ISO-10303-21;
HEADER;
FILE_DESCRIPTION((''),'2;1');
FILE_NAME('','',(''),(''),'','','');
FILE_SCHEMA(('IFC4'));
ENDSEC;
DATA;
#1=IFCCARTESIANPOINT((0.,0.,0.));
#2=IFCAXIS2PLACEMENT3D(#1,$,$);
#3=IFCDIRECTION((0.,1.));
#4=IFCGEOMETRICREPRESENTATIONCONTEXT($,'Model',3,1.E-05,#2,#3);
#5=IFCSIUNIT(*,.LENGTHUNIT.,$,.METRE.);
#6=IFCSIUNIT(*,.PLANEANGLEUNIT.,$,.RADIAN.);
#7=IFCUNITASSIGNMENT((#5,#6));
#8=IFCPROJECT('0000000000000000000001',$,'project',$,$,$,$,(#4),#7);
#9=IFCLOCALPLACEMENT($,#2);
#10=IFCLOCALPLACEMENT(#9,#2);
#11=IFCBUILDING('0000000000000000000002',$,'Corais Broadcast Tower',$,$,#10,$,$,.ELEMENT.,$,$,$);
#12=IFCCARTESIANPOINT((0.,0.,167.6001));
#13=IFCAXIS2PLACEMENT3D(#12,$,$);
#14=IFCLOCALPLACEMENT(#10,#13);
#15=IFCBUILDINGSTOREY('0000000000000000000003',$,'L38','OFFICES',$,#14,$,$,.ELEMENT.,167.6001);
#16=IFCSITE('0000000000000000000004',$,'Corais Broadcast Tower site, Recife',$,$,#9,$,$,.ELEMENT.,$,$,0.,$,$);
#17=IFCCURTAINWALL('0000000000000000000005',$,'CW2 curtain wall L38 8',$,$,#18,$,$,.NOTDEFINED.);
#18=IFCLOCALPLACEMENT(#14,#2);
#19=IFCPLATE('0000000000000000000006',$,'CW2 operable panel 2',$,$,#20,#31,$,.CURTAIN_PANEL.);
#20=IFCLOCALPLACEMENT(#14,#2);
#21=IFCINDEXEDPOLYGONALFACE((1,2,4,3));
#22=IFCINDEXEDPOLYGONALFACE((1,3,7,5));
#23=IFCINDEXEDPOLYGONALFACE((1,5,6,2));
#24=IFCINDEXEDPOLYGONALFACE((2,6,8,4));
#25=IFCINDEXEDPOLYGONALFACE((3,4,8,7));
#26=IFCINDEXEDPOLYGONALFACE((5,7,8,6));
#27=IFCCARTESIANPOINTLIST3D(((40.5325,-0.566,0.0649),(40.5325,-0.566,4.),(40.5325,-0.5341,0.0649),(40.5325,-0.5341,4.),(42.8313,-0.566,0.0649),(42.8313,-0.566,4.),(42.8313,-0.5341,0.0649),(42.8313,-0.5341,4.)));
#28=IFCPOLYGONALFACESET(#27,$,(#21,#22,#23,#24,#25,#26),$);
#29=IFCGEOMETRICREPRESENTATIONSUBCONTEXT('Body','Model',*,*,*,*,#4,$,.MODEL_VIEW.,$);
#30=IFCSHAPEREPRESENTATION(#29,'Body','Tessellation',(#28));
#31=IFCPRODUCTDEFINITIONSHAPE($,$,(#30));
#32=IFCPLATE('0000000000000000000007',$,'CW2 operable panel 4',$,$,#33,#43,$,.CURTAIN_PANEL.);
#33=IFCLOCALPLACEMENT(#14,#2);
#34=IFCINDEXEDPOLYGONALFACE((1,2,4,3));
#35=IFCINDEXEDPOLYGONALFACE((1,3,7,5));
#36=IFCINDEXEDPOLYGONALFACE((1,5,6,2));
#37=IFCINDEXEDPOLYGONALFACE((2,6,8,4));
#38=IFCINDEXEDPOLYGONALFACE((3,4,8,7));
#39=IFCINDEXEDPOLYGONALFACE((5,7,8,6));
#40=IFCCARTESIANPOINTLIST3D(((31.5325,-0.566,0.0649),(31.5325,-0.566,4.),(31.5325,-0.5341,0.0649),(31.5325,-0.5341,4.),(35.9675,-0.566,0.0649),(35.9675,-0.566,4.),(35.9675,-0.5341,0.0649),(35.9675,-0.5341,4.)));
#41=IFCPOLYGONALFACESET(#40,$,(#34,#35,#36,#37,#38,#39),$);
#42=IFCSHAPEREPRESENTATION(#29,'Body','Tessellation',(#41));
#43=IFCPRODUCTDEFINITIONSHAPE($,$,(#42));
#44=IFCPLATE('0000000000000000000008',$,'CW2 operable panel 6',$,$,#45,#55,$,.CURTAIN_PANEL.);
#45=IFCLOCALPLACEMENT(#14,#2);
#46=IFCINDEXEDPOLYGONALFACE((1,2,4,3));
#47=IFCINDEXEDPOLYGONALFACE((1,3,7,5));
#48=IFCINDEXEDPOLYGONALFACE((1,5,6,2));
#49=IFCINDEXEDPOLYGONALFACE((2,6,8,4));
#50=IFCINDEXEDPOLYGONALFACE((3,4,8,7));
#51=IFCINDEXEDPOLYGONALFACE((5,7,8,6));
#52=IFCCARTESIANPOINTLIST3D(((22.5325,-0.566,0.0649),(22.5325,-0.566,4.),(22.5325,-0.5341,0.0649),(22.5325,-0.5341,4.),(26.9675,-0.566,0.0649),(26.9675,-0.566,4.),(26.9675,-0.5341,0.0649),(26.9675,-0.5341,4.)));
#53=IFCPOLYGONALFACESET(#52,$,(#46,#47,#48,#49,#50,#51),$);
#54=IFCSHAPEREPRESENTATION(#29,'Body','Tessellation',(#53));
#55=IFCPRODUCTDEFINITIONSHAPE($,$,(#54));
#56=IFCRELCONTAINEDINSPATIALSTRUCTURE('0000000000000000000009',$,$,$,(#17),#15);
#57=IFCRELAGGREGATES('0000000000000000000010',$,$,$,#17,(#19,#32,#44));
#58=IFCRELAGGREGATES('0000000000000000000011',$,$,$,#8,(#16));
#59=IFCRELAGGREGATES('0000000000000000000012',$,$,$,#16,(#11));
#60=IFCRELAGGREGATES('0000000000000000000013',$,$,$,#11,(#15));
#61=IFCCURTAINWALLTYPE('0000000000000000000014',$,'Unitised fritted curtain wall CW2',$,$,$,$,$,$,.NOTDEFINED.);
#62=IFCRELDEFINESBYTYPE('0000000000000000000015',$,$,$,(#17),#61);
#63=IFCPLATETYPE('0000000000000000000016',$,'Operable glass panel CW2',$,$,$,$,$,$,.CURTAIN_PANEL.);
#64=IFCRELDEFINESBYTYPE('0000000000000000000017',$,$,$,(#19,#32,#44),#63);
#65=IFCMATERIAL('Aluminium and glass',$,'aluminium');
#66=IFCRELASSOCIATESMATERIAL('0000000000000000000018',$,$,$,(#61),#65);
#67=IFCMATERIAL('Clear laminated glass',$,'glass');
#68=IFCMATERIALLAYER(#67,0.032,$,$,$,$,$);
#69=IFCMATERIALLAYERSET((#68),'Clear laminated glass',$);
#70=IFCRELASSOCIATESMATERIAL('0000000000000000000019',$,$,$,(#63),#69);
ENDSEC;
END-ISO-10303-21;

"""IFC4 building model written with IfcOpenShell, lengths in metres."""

from ifc_helpers import new_model, si_unit, direction, frame, origin, origin_2d, place, context, subcontext, project, spatial, rectangle, extrude, material, layer, layer_set, type_object, element, aggregate, save


model = new_model("IFC4")

# Units and contexts
model_context = context("Model", 3, precision=1e-05, world=origin(), true_north=direction((0.0, 1.0)))
body_context = subcontext(model_context, "Body", "Model", "MODEL_VIEW")
ifc_project = project(units=[si_unit("LENGTHUNIT", "METRE"), si_unit("PLANEANGLEUNIT", "RADIAN")], contexts=[model_context])

# Site, building, storey
site_placement = place(None, origin())
site = spatial("IfcSite", under=ifc_project, at=site_placement, Name="Corais Broadcast Tower site, Recife", CompositionType="ELEMENT", RefElevation=0.0)
building_placement = place(site_placement, origin())
building = spatial("IfcBuilding", under=site, at=building_placement, Name="Corais Broadcast Tower", CompositionType="ELEMENT")
storey_placement = place(building_placement, frame((0.0, 0.0, 167.6001)))
storey = spatial("IfcBuildingStorey", under=building, at=storey_placement, Name="L38", Description="OFFICES", CompositionType="ELEMENT", Elevation=167.6001)

# Curtain wall
ifc_material_1 = material(Name="Aluminium and glass", Category="aluminium")
curtain_wall_type = type_object("IfcCurtainWallType", Name="Unitised fritted curtain wall CW2", PredefinedType="NOTDEFINED", material=ifc_material_1)
curtain_wall_placement = place(storey_placement, origin())
curtain_wall = element("IfcCurtainWall", 1, at=curtain_wall_placement, inside=storey, type_object=curtain_wall_type, Name="CW2 curtain wall L38 8", PredefinedType="NOTDEFINED")

# Plates
ifc_material_2 = material(Name="Clear laminated glass", Category="glass")
ifc_layer_1 = layer(ifc_material_2, 0.032)
ifc_layer_set_1 = layer_set([ifc_layer_1], Name="Clear laminated glass")
plate_type_1 = type_object("IfcPlateType", Name="Operable glass panel CW2", PredefinedType="CURTAIN_PANEL", material=ifc_layer_set_1)
plate_1_placement = place(storey_placement, frame((41.6819, -0.55, 0.0649), z_axis=(0.0, 0.0, 1.0), x_axis=(-1.0, 0.0, 0.0)))
plate_1 = element("IfcPlate", 2, at=plate_1_placement, type_object=plate_type_1, Name="CW2 operable panel 2", PredefinedType="CURTAIN_PANEL", context=body_context, shape_type="SweptSolid", body=[
    extrude(rectangle(XDim=2.2988, YDim=0.032, at=origin_2d()), origin(), (0.0, 0.0, 1.0), 3.9351),
])
plate_2_placement = place(storey_placement, frame((33.75, -0.55, 0.0649), z_axis=(0.0, 0.0, 1.0), x_axis=(-1.0, 0.0, 0.0)))
plate_2 = element("IfcPlate", 3, at=plate_2_placement, type_object=plate_type_1, Name="CW2 operable panel 4", PredefinedType="CURTAIN_PANEL", context=body_context, shape_type="SweptSolid", body=[
    extrude(rectangle(XDim=4.4351, YDim=0.032, at=origin_2d()), origin(), (0.0, 0.0, 1.0), 3.9351),
])
plate_3_placement = place(storey_placement, frame((24.75, -0.55, 0.0649), z_axis=(0.0, 0.0, 1.0), x_axis=(-1.0, 0.0, 0.0)))
plate_3 = element("IfcPlate", 4, at=plate_3_placement, type_object=plate_type_1, Name="CW2 operable panel 6", PredefinedType="CURTAIN_PANEL", context=body_context, shape_type="SweptSolid", body=[
    extrude(rectangle(XDim=4.4351, YDim=0.032, at=origin_2d()), origin(), (0.0, 0.0, 1.0), 3.9351),
])
aggregate(curtain_wall, [plate_1, plate_2, plate_3])

save(model, "model.ifc")
